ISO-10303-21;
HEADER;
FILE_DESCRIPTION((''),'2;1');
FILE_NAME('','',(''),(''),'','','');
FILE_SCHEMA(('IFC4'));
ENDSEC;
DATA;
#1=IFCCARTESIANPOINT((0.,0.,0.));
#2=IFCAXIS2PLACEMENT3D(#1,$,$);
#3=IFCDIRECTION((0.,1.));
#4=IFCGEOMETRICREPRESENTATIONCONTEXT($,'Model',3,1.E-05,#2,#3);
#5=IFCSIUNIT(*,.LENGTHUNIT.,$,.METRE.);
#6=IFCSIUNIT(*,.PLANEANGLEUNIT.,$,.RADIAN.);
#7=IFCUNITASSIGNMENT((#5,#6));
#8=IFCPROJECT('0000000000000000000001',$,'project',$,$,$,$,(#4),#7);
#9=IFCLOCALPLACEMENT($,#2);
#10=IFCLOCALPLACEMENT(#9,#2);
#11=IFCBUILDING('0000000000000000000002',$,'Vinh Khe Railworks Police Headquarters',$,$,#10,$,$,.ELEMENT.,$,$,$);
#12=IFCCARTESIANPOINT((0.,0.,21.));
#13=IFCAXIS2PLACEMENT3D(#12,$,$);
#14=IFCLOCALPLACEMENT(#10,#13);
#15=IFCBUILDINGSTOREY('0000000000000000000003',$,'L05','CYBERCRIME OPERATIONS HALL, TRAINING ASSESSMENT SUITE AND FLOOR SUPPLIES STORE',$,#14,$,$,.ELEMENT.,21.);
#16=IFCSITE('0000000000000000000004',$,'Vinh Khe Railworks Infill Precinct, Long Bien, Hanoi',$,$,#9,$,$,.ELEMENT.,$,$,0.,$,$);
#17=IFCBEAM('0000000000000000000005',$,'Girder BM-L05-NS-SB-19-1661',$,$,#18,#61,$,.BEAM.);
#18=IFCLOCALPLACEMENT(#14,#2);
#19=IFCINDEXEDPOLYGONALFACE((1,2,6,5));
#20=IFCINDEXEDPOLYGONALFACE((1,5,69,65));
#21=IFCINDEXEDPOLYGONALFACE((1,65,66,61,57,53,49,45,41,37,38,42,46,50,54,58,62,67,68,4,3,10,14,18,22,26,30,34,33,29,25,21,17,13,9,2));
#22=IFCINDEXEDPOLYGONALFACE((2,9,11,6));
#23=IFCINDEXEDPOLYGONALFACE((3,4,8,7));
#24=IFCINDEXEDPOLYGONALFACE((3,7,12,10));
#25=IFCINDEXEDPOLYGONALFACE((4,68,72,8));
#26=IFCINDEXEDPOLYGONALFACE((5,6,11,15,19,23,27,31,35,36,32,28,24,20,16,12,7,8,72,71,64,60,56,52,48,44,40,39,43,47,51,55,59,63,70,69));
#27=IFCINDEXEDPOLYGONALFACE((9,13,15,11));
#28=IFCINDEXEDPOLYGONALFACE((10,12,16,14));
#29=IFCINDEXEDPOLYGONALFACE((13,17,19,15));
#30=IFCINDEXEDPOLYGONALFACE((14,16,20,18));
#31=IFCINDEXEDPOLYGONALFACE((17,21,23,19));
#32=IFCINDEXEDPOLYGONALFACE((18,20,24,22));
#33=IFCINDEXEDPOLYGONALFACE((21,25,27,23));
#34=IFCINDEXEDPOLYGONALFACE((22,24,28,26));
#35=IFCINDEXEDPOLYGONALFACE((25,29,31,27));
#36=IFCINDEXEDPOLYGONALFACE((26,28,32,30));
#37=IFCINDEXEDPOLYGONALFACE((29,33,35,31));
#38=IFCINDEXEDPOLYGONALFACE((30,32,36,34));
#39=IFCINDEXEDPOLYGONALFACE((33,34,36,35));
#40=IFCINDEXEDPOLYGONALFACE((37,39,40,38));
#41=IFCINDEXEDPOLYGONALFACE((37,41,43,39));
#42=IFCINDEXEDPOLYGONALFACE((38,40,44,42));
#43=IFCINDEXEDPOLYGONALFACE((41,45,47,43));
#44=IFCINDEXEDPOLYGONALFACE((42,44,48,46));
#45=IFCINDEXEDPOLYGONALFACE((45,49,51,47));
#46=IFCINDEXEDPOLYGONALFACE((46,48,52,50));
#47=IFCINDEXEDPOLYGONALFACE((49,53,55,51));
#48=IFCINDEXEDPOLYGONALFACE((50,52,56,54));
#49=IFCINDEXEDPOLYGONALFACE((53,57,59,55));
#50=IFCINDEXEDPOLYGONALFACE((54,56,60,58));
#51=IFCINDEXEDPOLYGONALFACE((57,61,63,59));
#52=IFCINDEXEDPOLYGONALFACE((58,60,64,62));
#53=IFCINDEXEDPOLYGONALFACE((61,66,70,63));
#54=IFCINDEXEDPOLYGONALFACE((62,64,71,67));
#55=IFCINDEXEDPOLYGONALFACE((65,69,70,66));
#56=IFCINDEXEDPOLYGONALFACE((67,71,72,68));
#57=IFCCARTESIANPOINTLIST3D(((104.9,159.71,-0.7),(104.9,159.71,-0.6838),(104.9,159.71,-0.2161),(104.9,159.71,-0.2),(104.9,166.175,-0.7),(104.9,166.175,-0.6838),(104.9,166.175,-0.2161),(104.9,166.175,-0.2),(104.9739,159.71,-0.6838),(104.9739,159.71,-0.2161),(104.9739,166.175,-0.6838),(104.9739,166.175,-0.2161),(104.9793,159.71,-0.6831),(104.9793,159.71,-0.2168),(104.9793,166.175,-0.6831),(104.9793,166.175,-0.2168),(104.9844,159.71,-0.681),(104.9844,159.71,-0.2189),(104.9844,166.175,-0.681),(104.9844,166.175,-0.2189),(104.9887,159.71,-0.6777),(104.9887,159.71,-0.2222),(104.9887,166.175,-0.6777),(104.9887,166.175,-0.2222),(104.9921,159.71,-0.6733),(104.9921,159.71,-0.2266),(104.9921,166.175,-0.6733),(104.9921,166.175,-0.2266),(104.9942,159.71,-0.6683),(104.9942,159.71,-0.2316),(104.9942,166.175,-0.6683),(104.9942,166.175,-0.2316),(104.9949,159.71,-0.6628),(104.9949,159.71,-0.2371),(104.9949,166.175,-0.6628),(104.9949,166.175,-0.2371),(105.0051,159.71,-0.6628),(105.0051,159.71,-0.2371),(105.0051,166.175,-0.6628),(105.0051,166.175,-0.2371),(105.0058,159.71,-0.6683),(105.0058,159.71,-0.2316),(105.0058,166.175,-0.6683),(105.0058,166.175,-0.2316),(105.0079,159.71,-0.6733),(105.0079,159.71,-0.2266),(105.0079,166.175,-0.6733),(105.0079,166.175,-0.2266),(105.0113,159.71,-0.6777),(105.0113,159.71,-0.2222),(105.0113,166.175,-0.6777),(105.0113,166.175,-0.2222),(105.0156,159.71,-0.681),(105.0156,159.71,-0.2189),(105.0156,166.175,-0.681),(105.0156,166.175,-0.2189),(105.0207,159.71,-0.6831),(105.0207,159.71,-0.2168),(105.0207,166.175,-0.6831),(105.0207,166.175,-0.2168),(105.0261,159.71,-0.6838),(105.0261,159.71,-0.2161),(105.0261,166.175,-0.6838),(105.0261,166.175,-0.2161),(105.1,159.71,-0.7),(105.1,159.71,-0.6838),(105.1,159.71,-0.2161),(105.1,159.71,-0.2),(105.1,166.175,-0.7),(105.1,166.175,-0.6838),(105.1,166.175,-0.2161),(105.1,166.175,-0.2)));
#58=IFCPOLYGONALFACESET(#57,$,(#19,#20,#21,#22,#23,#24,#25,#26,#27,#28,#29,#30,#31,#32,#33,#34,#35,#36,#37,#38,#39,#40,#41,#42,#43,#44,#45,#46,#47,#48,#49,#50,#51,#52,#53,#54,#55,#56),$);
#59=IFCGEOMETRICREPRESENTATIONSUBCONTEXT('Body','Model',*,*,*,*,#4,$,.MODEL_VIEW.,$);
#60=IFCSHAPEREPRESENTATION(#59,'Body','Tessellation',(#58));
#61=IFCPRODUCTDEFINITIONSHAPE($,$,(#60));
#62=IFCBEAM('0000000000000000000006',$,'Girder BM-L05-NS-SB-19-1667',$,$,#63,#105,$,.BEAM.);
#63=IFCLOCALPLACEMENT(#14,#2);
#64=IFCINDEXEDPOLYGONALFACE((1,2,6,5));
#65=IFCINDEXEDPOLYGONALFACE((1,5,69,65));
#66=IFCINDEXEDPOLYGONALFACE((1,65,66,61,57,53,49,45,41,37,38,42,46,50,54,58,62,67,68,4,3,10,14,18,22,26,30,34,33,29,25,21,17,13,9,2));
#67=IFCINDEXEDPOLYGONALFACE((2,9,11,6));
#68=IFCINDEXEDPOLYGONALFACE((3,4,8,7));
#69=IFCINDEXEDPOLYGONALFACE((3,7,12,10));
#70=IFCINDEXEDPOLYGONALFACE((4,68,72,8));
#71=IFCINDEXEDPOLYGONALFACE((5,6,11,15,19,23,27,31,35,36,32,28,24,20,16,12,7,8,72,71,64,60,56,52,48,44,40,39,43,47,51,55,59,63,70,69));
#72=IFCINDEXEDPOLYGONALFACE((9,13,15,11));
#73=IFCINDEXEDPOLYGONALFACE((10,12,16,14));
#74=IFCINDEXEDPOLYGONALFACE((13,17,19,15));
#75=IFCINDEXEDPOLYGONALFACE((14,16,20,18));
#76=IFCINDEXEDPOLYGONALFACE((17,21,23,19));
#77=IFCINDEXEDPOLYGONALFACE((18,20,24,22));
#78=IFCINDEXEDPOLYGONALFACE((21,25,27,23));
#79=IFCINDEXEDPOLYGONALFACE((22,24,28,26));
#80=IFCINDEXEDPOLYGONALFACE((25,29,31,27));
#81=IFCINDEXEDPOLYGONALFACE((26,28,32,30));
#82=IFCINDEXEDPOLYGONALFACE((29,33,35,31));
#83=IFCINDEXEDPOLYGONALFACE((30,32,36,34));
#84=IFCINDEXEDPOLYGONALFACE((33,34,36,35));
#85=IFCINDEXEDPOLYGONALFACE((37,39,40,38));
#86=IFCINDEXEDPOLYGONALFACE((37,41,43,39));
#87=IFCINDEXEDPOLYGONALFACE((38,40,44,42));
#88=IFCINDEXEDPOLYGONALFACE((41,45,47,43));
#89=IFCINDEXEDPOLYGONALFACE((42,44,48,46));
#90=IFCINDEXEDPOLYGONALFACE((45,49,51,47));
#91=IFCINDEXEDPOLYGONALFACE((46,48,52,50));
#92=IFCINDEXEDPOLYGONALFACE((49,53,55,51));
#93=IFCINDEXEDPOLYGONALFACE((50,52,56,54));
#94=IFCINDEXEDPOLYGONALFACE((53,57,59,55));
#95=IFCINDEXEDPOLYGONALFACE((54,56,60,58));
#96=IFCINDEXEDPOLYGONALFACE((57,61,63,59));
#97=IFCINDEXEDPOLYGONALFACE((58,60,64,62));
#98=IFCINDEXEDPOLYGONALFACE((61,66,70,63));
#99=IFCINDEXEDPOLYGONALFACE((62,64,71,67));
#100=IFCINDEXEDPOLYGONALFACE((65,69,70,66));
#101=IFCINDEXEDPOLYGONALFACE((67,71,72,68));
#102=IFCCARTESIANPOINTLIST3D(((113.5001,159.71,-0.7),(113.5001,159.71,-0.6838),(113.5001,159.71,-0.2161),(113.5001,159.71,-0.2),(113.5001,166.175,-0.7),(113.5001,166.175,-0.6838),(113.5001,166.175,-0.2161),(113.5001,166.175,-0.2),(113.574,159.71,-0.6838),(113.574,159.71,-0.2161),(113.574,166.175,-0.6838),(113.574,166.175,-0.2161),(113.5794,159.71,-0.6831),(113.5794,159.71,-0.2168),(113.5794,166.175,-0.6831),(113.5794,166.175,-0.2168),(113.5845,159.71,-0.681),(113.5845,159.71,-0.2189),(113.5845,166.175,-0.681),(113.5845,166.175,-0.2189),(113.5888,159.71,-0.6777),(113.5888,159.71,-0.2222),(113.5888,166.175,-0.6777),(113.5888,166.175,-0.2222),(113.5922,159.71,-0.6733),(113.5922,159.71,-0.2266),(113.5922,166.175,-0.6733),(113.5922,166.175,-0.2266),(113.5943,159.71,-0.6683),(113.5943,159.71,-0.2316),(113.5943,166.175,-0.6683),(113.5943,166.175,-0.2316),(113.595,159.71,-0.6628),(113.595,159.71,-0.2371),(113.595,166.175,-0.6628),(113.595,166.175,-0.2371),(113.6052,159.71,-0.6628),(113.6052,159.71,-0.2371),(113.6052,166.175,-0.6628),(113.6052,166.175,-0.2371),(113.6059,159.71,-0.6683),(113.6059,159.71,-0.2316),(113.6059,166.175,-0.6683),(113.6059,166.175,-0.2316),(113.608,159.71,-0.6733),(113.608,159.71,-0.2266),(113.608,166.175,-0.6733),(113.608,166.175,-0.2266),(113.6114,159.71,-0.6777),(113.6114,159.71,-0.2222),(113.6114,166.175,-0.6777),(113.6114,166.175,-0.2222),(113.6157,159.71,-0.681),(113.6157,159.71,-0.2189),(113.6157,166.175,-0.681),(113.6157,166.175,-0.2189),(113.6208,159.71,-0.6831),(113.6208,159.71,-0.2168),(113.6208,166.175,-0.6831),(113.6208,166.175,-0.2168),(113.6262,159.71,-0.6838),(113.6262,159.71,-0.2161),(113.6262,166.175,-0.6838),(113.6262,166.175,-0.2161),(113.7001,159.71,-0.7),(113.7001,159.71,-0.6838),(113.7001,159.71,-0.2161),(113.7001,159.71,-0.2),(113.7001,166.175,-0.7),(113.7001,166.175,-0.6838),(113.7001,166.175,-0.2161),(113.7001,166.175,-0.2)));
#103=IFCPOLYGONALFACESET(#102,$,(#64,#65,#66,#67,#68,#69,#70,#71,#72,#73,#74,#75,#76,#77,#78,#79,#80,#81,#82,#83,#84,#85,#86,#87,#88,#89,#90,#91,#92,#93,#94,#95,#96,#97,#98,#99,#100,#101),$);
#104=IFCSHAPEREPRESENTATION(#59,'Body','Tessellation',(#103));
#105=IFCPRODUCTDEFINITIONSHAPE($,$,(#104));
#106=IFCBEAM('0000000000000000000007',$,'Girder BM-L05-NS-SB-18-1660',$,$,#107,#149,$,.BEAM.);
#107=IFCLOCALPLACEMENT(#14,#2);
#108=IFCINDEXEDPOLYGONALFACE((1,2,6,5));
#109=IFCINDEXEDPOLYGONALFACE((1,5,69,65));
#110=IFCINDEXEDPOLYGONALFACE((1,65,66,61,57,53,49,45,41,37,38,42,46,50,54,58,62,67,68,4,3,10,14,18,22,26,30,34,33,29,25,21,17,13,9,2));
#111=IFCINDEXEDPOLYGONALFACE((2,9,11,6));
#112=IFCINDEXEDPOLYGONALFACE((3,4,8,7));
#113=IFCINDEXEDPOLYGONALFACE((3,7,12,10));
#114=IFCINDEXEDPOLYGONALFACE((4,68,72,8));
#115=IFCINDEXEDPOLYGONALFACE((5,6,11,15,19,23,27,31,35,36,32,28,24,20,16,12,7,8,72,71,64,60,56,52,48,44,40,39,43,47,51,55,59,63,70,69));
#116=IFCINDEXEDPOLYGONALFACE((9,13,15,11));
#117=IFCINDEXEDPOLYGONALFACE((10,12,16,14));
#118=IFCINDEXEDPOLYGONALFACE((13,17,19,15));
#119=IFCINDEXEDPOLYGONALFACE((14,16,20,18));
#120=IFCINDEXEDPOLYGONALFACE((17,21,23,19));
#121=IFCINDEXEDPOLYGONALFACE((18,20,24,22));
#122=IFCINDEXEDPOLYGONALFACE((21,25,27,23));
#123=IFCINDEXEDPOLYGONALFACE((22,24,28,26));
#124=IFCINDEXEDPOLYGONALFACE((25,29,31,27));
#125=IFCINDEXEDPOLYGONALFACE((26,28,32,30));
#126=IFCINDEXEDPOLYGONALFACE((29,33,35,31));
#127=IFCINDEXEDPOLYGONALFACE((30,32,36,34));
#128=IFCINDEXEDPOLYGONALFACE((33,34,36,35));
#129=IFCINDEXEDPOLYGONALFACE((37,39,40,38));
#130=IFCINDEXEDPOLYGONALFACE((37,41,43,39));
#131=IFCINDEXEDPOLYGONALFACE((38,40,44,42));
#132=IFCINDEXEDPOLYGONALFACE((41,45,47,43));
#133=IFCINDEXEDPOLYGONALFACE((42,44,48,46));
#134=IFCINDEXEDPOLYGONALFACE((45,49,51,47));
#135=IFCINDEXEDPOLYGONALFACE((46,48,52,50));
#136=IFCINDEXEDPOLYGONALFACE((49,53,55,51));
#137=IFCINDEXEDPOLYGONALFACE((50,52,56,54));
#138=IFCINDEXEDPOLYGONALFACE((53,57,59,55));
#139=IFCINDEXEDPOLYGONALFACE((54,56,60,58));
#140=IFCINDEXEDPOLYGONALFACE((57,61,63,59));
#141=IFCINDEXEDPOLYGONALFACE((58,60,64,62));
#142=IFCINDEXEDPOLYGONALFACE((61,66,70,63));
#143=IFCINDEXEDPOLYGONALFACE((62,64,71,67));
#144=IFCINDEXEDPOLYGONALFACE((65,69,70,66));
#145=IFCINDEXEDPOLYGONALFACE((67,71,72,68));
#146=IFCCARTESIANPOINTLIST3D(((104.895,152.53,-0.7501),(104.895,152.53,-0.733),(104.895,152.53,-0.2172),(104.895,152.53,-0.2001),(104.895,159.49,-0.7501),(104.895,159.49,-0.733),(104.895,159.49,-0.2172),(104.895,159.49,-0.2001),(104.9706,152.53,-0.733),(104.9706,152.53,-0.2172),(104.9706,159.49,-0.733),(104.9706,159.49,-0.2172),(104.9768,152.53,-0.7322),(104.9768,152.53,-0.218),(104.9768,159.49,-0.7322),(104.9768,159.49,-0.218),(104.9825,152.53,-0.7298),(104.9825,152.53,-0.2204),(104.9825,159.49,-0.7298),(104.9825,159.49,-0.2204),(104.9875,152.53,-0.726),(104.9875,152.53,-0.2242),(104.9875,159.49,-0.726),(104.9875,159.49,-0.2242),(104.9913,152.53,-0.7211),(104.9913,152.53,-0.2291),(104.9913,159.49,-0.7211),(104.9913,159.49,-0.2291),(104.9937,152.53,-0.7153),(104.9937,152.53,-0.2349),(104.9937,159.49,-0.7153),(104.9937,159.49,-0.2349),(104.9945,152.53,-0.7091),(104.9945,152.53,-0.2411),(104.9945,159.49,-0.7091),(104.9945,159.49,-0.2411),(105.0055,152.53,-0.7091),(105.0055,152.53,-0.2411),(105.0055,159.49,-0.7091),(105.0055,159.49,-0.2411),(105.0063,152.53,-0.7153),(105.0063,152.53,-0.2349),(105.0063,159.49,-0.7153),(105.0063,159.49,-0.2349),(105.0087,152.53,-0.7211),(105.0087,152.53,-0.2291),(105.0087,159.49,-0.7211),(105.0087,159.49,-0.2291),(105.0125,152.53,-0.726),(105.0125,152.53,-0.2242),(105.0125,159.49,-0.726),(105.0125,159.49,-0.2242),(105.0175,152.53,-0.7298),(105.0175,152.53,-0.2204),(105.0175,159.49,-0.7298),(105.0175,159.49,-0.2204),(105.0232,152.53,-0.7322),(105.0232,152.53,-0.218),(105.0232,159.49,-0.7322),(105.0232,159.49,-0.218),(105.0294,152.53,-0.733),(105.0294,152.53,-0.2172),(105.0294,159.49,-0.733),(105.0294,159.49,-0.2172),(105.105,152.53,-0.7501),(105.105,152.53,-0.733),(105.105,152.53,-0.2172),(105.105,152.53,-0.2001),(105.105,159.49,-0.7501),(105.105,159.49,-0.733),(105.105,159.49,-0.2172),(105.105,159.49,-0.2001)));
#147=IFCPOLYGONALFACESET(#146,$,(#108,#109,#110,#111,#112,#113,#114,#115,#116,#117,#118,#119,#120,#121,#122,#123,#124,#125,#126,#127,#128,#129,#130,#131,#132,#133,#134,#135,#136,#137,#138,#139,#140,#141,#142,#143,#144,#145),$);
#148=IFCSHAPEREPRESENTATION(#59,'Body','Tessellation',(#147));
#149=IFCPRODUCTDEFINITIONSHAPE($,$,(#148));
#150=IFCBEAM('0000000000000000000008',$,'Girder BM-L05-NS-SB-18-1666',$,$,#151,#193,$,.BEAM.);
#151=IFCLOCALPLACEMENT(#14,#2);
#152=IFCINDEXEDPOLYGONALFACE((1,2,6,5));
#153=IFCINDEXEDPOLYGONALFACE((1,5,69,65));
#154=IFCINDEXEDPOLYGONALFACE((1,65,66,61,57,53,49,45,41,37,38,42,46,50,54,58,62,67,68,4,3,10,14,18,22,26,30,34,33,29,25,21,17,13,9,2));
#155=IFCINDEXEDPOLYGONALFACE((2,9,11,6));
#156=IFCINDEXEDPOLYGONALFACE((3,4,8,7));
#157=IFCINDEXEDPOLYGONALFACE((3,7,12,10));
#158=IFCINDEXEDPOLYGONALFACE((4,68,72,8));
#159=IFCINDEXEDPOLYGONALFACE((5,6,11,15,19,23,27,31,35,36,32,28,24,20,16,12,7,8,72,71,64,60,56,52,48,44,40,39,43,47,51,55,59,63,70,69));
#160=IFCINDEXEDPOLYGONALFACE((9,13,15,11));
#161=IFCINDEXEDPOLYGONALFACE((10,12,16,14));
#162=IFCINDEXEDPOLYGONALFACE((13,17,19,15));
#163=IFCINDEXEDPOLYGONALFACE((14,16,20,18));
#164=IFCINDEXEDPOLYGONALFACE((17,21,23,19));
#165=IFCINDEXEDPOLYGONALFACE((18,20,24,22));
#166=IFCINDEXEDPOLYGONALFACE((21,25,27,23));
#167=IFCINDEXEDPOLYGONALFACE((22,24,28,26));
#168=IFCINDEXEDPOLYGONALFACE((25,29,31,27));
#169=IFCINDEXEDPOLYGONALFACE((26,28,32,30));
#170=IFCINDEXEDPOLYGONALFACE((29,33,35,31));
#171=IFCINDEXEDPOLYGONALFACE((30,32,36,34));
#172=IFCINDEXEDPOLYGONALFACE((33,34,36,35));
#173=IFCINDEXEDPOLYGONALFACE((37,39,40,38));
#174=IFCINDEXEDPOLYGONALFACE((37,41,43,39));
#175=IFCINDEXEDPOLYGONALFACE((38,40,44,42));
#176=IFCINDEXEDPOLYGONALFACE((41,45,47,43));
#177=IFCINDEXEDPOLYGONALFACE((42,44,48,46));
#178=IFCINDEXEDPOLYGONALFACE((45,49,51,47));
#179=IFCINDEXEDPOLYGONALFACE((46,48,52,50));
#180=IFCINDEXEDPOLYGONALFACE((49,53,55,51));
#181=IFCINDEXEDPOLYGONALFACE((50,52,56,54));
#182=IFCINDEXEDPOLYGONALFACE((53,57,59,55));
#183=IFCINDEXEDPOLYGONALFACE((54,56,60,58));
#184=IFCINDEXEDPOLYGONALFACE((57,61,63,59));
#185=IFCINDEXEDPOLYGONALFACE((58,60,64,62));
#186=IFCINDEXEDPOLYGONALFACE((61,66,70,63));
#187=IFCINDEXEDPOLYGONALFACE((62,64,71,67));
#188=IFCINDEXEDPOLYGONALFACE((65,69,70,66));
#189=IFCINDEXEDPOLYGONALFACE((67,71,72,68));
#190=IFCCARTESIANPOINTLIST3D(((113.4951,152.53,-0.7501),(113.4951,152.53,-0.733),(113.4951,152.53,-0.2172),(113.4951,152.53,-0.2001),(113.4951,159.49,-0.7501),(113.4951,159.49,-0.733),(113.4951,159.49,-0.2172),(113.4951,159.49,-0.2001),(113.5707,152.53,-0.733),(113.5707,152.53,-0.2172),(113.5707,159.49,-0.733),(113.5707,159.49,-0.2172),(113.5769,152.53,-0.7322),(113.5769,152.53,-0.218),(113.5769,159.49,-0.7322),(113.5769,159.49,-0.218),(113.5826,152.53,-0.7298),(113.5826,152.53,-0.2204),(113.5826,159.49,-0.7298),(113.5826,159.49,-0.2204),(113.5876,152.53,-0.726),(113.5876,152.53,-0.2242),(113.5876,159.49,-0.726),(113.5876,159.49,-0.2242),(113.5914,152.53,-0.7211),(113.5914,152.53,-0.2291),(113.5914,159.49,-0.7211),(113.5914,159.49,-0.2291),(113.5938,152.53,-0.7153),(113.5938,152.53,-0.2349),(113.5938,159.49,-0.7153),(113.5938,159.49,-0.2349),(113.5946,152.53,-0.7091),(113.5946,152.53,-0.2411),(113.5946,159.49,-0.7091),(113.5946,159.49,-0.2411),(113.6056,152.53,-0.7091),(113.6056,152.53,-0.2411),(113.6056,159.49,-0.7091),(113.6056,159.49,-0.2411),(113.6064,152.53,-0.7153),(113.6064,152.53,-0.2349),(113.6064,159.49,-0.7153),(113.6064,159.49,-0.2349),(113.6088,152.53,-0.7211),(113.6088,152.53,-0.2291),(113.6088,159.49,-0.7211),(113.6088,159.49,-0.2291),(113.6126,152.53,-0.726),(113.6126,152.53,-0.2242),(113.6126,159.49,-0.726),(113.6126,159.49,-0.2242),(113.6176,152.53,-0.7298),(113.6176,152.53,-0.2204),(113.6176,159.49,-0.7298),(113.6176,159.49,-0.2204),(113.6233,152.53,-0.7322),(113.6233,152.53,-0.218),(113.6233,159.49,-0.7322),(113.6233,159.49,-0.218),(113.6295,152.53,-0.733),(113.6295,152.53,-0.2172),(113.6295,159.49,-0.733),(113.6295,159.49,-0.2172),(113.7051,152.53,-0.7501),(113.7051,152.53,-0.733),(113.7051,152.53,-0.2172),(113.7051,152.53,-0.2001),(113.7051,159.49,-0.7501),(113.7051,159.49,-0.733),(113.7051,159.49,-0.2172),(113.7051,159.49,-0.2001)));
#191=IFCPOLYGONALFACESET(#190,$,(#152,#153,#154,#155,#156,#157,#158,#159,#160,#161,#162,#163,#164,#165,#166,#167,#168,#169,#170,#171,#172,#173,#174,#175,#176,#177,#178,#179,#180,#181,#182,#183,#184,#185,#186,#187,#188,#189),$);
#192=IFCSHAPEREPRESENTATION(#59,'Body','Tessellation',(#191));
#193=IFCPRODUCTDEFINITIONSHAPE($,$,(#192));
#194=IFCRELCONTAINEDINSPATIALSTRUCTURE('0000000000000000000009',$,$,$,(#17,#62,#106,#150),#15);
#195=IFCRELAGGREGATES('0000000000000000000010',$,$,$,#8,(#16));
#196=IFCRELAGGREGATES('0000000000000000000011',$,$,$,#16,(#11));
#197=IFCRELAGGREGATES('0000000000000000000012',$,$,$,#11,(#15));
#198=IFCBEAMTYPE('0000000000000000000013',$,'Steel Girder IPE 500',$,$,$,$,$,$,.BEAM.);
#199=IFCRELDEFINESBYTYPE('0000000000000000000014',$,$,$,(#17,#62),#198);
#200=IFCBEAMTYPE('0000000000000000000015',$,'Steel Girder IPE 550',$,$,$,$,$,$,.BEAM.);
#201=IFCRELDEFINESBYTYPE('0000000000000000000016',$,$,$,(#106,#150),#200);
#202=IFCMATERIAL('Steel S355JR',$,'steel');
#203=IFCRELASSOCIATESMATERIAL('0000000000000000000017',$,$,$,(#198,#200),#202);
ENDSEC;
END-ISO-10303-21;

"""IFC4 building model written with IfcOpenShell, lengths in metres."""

from ifc_helpers import new_model, si_unit, direction, frame, origin, origin_2d, place, context, subcontext, project, spatial, i_section, extrude, material, material_profile, profile_set, type_object, element, save


model = new_model("IFC4")

# Units and contexts
model_context = context("Model", 3, precision=1e-05, world=origin(), true_north=direction((0.0, 1.0)))
body_context = subcontext(model_context, "Body", "Model", "MODEL_VIEW")
ifc_project = project(units=[si_unit("LENGTHUNIT", "METRE"), si_unit("PLANEANGLEUNIT", "RADIAN")], contexts=[model_context])

# Site, building, storey
site_placement = place(None, origin())
site = spatial("IfcSite", under=ifc_project, at=site_placement, Name="Vinh Khe Railworks Infill Precinct, Long Bien, Hanoi", CompositionType="ELEMENT", RefElevation=0.0)
building_placement = place(site_placement, origin())
building = spatial("IfcBuilding", under=site, at=building_placement, Name="Vinh Khe Railworks Police Headquarters", CompositionType="ELEMENT")
storey_placement = place(building_placement, frame((0.0, 0.0, 21.0)))
storey = spatial("IfcBuildingStorey", under=building, at=storey_placement, Name="L05", Description="CYBERCRIME OPERATIONS HALL, TRAINING ASSESSMENT SUITE AND FLOOR SUPPLIES STORE", CompositionType="ELEMENT", Elevation=21.0)

# Shared definitions
ifc_material_1 = material(Name="Steel S355JR", Category="steel")

# Beams
ifc_material_profile_1 = material_profile(ifc_material_1, i_section(OverallWidth=0.2, OverallDepth=0.5, WebThickness=0.0103, FlangeThickness=0.0161, FilletRadius=0.021, at=origin_2d()), Name="IPE 500")
ifc_profile_set_1 = profile_set([ifc_material_profile_1], Name="Steel S355JR")
beam_type_1 = type_object("IfcBeamType", Name="Steel Girder IPE 500", PredefinedType="BEAM", material=ifc_profile_set_1)
for number, where, z_axis, x_axis, name in (
    (1, (105.0, 159.71, -0.45), (0.0, 1.0, 0.0), (-1.0, 0.0, 0.0), "Girder BM-L05-NS-SB-19-1661"),
    (2, (113.6001, 159.71, -0.45), (0.0, 1.0, 0.0), (-1.0, 0.0, 0.0), "Girder BM-L05-NS-SB-19-1667"),
):
    element("IfcBeam", number, at=place(storey_placement, frame(where, z_axis=z_axis, x_axis=x_axis)), inside=storey, type_object=beam_type_1, Name=name, PredefinedType="BEAM", context=body_context, shape_type="SweptSolid", body=[
        extrude(i_section(OverallWidth=0.2, OverallDepth=0.5, WebThickness=0.0103, FlangeThickness=0.0161, FilletRadius=0.021, at=origin_2d()), origin(), (0.0, 0.0, 1.0), 6.4651),
    ])
ifc_material_profile_2 = material_profile(ifc_material_1, i_section(OverallWidth=0.21, OverallDepth=0.55, WebThickness=0.011, FlangeThickness=0.0171, FilletRadius=0.0239, at=origin_2d()), Name="IPE 550")
ifc_profile_set_2 = profile_set([ifc_material_profile_2], Name="Steel S355JR")
beam_type_2 = type_object("IfcBeamType", Name="Steel Girder IPE 550", PredefinedType="BEAM", material=ifc_profile_set_2)
for number, where, z_axis, x_axis, name in (
    (3, (105.0, 152.53, -0.4751), (0.0, 1.0, 0.0), (-1.0, 0.0, 0.0), "Girder BM-L05-NS-SB-18-1660"),
    (4, (113.6001, 152.53, -0.4751), (0.0, 1.0, 0.0), (-1.0, 0.0, 0.0), "Girder BM-L05-NS-SB-18-1666"),
):
    element("IfcBeam", number, at=place(storey_placement, frame(where, z_axis=z_axis, x_axis=x_axis)), inside=storey, type_object=beam_type_2, Name=name, PredefinedType="BEAM", context=body_context, shape_type="SweptSolid", body=[
        extrude(i_section(OverallWidth=0.21, OverallDepth=0.55, WebThickness=0.011, FlangeThickness=0.0171, FilletRadius=0.0239, at=origin_2d()), origin(), (0.0, 0.0, 1.0), 6.96),
    ])

save(model, "model.ifc")
